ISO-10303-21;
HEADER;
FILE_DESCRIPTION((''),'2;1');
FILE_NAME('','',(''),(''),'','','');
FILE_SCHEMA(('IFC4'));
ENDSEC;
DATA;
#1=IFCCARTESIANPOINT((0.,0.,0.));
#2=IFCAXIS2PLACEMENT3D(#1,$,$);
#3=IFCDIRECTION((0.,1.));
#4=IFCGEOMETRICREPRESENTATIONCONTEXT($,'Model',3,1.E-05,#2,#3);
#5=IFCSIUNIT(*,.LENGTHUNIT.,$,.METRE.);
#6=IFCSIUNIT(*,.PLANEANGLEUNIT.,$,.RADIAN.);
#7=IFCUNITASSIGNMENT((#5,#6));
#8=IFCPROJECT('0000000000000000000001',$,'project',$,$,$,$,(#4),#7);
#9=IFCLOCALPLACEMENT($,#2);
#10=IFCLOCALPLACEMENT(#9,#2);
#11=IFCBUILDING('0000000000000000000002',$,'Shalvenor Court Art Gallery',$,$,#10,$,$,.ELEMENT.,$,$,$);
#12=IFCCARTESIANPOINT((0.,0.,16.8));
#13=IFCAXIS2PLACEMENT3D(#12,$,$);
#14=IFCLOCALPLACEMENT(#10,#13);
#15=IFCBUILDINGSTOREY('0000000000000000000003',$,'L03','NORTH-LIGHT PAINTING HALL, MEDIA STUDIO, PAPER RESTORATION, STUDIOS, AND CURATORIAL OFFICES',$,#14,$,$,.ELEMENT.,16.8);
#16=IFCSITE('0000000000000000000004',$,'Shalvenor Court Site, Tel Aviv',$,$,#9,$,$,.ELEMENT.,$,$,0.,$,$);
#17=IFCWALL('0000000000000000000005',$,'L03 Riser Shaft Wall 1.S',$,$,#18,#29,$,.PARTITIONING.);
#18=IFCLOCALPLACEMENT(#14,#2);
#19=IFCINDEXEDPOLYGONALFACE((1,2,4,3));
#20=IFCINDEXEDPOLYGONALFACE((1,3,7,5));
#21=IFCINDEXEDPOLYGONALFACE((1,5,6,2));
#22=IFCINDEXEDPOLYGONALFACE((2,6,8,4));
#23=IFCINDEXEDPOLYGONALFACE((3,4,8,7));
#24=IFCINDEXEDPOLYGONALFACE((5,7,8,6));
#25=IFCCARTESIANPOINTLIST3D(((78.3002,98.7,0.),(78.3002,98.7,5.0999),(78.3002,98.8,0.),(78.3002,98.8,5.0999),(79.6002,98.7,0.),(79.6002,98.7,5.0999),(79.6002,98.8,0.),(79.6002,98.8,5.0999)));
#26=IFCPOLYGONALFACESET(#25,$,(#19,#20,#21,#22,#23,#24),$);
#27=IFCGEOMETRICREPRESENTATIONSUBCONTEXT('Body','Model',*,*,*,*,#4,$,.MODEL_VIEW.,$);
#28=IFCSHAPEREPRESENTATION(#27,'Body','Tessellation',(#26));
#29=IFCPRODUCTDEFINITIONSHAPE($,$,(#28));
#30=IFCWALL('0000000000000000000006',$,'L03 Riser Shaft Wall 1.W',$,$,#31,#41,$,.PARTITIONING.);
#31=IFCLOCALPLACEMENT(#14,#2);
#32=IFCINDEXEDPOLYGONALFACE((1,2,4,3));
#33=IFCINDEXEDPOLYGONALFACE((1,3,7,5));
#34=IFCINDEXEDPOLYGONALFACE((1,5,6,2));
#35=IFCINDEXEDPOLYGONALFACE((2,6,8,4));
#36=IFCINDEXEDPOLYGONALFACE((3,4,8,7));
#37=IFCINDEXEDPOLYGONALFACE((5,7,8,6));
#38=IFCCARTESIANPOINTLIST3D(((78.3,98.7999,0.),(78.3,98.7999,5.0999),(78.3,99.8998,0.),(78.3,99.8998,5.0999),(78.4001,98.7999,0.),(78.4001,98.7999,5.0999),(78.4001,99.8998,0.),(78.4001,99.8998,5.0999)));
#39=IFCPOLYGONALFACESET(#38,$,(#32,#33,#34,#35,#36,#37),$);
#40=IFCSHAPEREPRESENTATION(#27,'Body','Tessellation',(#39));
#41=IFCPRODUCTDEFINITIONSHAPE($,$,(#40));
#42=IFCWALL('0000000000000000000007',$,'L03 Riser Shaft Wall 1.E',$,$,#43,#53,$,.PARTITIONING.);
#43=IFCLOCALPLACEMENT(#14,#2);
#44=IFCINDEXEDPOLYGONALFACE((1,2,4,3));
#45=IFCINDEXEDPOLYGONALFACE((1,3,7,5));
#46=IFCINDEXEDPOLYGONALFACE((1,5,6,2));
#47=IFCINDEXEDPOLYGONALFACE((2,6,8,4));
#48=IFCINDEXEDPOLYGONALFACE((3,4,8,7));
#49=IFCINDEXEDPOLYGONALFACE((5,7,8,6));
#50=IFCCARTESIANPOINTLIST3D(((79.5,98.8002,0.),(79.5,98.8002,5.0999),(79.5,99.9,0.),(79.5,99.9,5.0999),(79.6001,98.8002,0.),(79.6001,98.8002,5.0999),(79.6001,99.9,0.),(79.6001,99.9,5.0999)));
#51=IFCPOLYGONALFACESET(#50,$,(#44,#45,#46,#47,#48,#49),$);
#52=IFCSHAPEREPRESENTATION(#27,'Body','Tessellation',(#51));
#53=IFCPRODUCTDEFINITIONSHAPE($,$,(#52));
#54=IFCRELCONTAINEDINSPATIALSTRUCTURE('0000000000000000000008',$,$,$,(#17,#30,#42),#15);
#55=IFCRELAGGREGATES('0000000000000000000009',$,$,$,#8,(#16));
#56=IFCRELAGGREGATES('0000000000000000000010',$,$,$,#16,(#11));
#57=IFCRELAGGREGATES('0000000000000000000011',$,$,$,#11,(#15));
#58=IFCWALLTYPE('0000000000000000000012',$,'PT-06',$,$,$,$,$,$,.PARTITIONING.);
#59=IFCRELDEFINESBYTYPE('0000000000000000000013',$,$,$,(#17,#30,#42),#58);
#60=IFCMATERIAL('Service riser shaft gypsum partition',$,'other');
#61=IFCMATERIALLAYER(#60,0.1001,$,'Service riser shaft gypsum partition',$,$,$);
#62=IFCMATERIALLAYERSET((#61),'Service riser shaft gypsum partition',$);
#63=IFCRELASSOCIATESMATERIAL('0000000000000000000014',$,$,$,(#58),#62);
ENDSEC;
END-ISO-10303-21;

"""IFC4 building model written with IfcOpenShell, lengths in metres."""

from ifc_helpers import new_model, si_unit, direction, frame, frame_2d, origin, place, context, subcontext, project, spatial, rectangle, extrude, material, layer, layer_set, type_object, element, save


model = new_model("IFC4")

# Units and contexts
model_context = context("Model", 3, precision=1e-05, world=origin(), true_north=direction((0.0, 1.0)))
body_context = subcontext(model_context, "Body", "Model", "MODEL_VIEW")
ifc_project = project(units=[si_unit("LENGTHUNIT", "METRE"), si_unit("PLANEANGLEUNIT", "RADIAN")], contexts=[model_context])

# Site, building, storey
site_placement = place(None, origin())
site = spatial("IfcSite", under=ifc_project, at=site_placement, Name="Shalvenor Court Site, Tel Aviv", CompositionType="ELEMENT", RefElevation=0.0)
building_placement = place(site_placement, origin())
building = spatial("IfcBuilding", under=site, at=building_placement, Name="Shalvenor Court Art Gallery", CompositionType="ELEMENT")
storey_placement = place(building_placement, frame((0.0, 0.0, 16.8)))
storey = spatial("IfcBuildingStorey", under=building, at=storey_placement, Name="L03", Description="NORTH-LIGHT PAINTING HALL, MEDIA STUDIO, PAPER RESTORATION, STUDIOS, AND CURATORIAL OFFICES", CompositionType="ELEMENT", Elevation=16.8)

# Walls
ifc_material_1 = material(Name="Service riser shaft gypsum partition", Category="other")
ifc_layer_1 = layer(ifc_material_1, 0.1001, Name="Service riser shaft gypsum partition")
ifc_layer_set_1 = layer_set([ifc_layer_1], Name="Service riser shaft gypsum partition")
wall_type_1 = type_object("IfcWallType", Name="PT-06", PredefinedType="PARTITIONING", material=ifc_layer_set_1)
for number, where, z_axis, x_axis, name in (
    (1, (79.6001, 98.75, 0.0), (0.0, 0.0, 1.0), (-1.0, 0.0, 0.0), "L03 Riser Shaft Wall 1.S"),
):
    element("IfcWall", number, at=place(storey_placement, frame(where, z_axis=z_axis, x_axis=x_axis)), inside=storey, type_object=wall_type_1, Name=name, PredefinedType="PARTITIONING", context=body_context, shape_type="SweptSolid", body=[
        extrude(rectangle(XDim=1.3, YDim=0.1001, at=frame_2d((0.6499, 0.0))), origin(), (0.0, 0.0, 1.0), 5.0999),
    ])
for number, where, z_axis, x_axis, name in (
    (2, (78.3501, 98.8, 0.0), (0.0, 0.0, 1.0), (0.0, 1.0, 0.0), "L03 Riser Shaft Wall 1.W"),
    (3, (79.55, 99.8999, 0.0), (0.0, 0.0, 1.0), (0.0, -1.0, 0.0), "L03 Riser Shaft Wall 1.E"),
):
    element("IfcWall", number, at=place(storey_placement, frame(where, z_axis=z_axis, x_axis=x_axis)), inside=storey, type_object=wall_type_1, Name=name, PredefinedType="PARTITIONING", context=body_context, shape_type="SweptSolid", body=[
        extrude(rectangle(XDim=1.0999, YDim=0.1001, at=frame_2d((0.5498, 0.0))), origin(), (0.0, 0.0, 1.0), 5.0999),
    ])

save(model, "model.ifc")
